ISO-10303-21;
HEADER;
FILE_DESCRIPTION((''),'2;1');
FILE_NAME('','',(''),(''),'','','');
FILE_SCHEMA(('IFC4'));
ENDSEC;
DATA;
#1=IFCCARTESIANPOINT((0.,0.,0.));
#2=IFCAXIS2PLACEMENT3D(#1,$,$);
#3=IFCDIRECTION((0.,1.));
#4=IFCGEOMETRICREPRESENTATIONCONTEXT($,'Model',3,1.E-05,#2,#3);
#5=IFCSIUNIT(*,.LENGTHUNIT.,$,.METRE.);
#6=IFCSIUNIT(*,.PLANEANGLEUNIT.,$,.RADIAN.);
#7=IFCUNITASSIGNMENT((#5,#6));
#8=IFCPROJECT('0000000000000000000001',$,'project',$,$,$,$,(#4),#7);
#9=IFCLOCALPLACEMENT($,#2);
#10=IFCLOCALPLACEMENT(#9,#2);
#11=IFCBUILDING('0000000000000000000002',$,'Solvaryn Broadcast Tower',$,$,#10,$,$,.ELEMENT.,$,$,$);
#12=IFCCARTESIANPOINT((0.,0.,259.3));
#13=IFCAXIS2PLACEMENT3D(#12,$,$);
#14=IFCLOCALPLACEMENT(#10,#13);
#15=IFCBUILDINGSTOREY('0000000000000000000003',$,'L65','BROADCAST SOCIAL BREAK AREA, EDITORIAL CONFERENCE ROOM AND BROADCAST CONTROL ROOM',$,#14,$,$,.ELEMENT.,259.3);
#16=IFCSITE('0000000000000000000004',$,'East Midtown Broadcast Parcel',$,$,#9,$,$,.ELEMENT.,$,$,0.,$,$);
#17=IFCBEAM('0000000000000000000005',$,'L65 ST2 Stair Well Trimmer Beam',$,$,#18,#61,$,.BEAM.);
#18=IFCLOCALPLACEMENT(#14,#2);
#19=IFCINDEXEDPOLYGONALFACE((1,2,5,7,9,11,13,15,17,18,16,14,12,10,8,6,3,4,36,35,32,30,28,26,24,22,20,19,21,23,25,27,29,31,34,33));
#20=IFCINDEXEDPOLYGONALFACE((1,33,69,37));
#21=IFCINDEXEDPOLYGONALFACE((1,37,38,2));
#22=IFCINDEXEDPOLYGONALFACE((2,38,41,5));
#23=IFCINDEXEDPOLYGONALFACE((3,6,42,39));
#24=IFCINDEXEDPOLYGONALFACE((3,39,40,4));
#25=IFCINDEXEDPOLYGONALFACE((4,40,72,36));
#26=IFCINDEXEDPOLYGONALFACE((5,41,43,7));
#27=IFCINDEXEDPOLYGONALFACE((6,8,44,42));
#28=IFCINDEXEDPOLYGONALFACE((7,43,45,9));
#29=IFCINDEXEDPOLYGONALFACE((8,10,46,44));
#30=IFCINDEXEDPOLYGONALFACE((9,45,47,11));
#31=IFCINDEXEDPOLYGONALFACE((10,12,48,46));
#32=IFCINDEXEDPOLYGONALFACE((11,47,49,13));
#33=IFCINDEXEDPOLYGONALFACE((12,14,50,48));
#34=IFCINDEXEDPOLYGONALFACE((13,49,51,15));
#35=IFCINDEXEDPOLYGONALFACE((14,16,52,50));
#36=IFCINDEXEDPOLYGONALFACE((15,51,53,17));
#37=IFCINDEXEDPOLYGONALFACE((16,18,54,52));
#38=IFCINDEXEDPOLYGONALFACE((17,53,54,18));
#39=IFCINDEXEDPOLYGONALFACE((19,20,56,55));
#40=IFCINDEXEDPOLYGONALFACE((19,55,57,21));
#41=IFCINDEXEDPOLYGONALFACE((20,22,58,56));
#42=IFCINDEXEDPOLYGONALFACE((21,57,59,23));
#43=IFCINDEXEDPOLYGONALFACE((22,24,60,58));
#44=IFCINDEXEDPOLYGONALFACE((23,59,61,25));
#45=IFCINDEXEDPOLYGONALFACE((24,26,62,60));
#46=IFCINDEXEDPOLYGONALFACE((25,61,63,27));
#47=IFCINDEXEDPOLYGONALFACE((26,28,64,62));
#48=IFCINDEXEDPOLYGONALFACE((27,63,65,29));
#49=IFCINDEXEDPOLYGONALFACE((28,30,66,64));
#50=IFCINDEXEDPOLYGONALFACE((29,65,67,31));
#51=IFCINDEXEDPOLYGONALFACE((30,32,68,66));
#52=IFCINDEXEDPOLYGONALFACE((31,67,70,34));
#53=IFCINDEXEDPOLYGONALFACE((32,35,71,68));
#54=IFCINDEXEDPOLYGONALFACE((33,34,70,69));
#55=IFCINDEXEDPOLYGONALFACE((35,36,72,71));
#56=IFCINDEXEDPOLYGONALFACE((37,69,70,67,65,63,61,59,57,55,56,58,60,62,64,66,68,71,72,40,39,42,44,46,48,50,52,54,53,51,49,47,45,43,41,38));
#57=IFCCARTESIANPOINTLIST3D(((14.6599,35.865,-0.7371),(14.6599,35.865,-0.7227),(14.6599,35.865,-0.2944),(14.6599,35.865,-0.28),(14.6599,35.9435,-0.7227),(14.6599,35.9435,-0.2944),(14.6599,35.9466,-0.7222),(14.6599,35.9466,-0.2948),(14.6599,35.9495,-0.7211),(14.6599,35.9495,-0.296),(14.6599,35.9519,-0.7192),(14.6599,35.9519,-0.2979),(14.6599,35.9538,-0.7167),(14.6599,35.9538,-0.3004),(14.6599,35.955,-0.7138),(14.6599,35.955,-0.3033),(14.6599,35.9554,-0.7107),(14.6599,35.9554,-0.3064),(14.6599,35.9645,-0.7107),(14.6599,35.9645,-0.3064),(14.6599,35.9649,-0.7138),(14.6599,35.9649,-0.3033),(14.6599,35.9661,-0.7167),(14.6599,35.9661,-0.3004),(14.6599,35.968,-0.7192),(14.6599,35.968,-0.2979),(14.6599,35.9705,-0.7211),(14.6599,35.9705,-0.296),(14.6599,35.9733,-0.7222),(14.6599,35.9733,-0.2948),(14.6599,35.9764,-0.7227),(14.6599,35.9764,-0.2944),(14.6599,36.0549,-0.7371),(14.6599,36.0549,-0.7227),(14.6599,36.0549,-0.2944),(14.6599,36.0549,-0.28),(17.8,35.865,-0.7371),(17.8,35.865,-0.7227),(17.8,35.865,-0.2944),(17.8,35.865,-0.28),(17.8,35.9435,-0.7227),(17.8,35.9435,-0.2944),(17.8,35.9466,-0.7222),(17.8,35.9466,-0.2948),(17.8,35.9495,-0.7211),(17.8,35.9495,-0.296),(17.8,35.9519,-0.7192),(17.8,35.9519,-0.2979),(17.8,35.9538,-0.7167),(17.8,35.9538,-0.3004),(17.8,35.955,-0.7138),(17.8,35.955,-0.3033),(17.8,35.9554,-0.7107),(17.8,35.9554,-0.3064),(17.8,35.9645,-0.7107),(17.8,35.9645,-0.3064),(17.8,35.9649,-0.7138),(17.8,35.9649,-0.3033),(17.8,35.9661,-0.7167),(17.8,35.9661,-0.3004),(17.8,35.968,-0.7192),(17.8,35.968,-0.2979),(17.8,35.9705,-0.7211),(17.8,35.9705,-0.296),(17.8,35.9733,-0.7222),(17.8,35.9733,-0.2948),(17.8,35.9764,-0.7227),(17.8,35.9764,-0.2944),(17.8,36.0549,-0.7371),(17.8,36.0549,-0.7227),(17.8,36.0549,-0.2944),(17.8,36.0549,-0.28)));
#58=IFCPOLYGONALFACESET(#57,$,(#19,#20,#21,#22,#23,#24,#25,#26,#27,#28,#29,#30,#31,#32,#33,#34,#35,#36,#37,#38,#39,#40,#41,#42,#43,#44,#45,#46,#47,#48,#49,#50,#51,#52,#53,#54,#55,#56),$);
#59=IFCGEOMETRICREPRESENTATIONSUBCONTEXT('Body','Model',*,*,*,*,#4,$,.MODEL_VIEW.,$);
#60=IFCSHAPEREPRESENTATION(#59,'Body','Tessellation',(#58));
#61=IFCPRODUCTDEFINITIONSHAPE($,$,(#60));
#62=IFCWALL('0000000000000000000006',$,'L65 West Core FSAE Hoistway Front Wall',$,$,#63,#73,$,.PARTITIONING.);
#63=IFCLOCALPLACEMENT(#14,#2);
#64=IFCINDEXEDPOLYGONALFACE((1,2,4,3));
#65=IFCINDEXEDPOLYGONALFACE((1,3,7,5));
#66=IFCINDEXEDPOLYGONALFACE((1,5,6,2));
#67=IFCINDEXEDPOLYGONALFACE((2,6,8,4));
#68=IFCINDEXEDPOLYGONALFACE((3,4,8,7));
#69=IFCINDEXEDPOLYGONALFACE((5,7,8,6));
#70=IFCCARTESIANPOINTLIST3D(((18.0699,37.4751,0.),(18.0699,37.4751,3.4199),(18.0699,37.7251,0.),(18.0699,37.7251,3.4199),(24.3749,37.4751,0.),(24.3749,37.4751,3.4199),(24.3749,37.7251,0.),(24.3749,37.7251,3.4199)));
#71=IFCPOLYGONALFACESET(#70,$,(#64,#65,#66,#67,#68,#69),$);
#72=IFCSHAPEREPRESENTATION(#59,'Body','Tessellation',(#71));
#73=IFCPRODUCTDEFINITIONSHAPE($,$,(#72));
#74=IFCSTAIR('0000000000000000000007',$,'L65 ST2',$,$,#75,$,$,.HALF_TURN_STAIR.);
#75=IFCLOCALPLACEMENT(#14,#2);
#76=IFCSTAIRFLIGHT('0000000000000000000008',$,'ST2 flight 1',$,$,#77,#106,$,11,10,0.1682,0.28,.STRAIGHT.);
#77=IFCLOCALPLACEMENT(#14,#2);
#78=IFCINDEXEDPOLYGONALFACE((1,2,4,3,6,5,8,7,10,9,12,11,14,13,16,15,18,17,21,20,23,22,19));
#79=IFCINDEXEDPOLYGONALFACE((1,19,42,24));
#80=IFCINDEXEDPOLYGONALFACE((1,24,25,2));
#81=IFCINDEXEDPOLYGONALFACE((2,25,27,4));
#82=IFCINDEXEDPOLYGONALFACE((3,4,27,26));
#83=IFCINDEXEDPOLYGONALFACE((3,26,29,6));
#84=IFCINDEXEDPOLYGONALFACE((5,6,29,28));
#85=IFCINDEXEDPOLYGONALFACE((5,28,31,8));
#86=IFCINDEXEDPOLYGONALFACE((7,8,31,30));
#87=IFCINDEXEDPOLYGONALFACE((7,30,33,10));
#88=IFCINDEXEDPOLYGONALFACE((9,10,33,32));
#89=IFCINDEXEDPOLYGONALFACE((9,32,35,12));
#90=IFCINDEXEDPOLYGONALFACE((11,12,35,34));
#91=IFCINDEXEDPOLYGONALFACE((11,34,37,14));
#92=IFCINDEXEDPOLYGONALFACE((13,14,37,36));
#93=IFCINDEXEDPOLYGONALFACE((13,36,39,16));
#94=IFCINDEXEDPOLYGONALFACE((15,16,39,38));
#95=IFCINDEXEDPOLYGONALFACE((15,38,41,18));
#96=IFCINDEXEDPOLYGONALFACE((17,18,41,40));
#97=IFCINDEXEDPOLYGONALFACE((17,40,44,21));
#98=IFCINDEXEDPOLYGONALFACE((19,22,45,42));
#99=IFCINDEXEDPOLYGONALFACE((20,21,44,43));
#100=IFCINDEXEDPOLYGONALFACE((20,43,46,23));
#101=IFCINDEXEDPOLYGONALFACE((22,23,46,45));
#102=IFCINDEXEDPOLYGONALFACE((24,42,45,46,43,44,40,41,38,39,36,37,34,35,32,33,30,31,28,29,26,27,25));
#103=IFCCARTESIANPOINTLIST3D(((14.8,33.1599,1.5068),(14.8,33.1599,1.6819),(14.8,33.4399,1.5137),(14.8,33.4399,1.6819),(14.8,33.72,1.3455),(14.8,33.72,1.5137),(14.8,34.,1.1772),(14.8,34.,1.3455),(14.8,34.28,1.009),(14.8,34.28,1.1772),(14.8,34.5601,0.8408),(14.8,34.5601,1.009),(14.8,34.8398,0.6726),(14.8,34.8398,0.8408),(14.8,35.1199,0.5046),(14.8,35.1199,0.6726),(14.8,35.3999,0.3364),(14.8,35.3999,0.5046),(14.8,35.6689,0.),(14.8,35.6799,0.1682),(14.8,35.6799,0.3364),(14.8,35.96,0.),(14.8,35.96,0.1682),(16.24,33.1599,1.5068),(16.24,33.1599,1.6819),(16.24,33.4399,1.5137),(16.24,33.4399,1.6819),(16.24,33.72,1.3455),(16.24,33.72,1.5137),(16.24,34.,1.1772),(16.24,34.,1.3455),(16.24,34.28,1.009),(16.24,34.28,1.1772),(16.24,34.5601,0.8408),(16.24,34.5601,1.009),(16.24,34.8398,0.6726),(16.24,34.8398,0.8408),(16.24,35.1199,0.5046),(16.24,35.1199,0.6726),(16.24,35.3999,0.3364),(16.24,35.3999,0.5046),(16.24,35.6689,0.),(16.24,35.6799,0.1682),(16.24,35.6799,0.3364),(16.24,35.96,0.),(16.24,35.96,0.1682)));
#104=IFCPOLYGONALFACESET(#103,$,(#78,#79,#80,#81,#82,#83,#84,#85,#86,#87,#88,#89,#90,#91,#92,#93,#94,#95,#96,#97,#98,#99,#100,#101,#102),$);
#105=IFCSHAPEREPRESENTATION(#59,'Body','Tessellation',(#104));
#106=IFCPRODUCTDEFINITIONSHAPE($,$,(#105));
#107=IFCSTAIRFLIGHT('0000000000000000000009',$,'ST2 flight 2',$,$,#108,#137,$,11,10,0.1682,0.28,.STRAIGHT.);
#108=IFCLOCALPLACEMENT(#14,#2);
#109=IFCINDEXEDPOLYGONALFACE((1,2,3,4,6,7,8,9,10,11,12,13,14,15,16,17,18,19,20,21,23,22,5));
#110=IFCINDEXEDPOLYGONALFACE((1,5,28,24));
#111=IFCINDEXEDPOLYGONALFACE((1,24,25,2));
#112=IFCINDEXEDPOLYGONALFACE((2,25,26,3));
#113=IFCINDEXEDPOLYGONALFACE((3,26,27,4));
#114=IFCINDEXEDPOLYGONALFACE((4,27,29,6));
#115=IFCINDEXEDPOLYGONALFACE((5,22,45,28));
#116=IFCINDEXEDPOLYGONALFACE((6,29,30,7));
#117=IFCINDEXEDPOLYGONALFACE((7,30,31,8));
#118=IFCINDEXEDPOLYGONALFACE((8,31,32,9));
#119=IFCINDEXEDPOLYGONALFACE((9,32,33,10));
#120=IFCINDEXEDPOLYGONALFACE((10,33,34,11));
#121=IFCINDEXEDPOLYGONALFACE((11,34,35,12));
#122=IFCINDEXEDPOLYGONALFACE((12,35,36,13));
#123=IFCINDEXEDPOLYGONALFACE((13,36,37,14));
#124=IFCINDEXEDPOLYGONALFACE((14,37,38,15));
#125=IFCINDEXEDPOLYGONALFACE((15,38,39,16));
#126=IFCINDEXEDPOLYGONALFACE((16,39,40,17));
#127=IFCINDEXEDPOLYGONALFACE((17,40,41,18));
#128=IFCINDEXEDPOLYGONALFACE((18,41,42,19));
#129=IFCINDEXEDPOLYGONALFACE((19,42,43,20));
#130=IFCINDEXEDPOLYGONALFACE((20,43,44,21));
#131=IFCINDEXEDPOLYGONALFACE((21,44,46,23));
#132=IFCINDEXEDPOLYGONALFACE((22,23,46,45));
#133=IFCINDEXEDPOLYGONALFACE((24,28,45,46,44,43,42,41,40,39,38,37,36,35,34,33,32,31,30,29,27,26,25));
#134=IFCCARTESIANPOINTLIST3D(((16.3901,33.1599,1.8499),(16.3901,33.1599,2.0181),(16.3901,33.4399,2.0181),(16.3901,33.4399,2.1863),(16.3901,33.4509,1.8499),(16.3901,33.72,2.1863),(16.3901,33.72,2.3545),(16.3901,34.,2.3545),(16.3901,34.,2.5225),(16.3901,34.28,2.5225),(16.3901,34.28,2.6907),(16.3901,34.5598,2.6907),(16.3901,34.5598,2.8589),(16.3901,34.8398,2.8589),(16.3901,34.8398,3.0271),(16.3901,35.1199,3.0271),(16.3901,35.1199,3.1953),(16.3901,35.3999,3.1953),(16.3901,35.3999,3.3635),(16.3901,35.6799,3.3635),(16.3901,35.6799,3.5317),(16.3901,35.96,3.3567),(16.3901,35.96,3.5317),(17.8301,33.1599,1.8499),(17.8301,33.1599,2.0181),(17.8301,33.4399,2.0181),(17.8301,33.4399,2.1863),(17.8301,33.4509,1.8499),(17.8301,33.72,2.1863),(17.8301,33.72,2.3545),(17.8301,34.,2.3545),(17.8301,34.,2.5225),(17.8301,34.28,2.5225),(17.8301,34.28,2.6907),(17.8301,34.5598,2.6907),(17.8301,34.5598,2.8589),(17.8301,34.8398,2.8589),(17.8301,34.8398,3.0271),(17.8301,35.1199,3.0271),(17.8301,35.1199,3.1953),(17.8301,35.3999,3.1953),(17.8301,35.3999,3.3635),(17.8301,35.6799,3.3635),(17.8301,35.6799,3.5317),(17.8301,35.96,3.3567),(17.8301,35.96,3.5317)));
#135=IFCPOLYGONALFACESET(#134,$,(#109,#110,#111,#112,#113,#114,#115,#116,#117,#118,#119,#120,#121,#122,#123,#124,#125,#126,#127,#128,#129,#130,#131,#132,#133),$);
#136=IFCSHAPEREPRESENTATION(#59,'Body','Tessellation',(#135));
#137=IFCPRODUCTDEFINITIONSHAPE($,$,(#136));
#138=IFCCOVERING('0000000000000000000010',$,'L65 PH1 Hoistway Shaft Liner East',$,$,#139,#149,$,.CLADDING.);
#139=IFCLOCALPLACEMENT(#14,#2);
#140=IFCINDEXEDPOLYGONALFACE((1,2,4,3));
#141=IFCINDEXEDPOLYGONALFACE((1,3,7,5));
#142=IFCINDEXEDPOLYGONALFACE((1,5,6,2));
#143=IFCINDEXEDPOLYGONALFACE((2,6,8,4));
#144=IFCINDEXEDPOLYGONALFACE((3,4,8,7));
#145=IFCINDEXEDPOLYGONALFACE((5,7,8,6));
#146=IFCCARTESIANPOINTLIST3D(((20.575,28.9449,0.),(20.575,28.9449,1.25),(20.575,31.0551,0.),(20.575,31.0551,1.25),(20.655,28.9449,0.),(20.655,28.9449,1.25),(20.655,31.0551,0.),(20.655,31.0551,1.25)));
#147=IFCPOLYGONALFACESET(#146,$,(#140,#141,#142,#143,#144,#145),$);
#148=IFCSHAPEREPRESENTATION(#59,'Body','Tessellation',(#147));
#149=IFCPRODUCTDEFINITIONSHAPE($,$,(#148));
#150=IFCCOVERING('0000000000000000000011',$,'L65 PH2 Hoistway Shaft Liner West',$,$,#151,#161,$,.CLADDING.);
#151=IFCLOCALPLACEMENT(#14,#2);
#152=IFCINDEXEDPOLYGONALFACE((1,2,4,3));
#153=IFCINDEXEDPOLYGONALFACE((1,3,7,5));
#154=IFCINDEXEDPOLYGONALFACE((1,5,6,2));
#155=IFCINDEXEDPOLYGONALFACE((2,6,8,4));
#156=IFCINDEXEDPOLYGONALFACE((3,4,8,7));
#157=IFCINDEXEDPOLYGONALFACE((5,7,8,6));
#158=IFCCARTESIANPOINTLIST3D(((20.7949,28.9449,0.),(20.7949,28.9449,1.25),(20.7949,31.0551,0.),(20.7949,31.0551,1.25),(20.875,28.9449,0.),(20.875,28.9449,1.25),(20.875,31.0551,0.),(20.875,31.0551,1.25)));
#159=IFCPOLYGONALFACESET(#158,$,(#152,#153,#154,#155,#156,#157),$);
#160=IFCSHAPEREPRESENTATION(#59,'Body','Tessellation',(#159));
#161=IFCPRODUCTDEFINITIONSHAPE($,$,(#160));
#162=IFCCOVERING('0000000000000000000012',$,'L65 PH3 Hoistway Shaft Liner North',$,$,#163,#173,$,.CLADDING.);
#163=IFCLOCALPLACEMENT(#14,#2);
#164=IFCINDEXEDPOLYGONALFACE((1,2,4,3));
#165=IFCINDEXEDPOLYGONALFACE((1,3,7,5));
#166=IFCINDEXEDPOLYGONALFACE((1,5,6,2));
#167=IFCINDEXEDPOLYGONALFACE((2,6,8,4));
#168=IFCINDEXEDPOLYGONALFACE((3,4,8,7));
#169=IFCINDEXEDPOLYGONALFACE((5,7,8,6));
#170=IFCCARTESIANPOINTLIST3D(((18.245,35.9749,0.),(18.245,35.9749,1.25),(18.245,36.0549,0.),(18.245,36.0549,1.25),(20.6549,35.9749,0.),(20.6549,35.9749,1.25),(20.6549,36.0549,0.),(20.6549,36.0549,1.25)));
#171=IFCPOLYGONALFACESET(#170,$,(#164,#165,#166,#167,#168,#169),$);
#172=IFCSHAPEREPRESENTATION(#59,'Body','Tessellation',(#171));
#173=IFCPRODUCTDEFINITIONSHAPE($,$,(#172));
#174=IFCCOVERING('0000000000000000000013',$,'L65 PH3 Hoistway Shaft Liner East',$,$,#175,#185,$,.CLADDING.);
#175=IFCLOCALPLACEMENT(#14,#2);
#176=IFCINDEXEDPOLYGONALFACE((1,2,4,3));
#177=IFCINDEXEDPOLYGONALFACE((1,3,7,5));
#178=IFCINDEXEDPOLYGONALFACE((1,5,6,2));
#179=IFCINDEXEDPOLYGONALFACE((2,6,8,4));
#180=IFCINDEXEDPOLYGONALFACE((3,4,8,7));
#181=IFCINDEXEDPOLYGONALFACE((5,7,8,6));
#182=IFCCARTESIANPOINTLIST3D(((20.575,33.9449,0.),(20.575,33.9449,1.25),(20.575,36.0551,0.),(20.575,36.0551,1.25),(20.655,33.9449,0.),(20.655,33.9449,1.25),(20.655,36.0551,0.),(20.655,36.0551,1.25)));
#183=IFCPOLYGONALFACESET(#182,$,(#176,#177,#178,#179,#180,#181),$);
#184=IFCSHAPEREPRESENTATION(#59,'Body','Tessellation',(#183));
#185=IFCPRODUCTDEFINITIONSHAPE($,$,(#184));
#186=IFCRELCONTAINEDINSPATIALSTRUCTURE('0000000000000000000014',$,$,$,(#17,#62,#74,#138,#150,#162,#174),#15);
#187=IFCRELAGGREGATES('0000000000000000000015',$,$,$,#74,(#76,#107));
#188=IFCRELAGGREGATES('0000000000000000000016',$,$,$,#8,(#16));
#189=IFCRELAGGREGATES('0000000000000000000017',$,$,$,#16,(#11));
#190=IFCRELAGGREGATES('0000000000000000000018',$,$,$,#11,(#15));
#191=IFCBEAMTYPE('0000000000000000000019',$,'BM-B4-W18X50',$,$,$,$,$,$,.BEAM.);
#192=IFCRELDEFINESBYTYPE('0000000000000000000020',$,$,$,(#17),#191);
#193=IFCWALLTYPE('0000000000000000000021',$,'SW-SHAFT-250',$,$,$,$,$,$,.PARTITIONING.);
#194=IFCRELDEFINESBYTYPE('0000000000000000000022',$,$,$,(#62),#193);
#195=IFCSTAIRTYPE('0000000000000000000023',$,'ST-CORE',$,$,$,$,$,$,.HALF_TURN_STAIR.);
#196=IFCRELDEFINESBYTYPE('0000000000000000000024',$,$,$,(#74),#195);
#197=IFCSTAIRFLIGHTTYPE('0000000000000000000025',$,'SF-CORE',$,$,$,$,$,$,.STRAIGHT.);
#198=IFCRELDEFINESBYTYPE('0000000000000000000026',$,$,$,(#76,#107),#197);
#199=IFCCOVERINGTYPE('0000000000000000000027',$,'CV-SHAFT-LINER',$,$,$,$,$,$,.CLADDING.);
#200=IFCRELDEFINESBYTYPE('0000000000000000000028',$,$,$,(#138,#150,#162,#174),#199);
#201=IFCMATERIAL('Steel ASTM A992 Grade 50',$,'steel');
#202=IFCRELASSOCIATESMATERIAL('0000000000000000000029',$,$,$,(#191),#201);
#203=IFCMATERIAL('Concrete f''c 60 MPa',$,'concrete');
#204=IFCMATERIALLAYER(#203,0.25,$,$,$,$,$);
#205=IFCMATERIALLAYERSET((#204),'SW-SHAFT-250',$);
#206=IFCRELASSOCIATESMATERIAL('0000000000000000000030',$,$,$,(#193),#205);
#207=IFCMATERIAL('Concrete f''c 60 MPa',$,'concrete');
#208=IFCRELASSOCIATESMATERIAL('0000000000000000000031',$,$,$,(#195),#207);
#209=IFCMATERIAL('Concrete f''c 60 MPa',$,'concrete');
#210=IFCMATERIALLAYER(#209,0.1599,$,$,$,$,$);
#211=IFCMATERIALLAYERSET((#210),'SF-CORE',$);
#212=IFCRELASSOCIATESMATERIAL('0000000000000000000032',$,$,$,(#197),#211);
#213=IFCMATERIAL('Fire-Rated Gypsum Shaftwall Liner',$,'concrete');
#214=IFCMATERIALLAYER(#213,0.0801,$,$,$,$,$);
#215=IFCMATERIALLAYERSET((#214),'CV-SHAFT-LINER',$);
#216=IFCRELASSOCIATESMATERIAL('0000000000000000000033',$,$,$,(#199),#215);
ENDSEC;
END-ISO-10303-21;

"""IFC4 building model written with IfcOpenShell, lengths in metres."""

from ifc_helpers import new_model, si_unit, direction, frame, frame_2d, origin, origin_2d, place, context, subcontext, project, spatial, polyline, rectangle, i_section, outline, extrude, material, layer, layer_set, material_profile, profile_set, type_object, element, aggregate, save


model = new_model("IFC4")

# Units and contexts
model_context = context("Model", 3, precision=1e-05, world=origin(), true_north=direction((0.0, 1.0)))
body_context = subcontext(model_context, "Body", "Model", "MODEL_VIEW")
ifc_project = project(units=[si_unit("LENGTHUNIT", "METRE"), si_unit("PLANEANGLEUNIT", "RADIAN")], contexts=[model_context])

# Site, building, storey
site_placement = place(None, origin())
site = spatial("IfcSite", under=ifc_project, at=site_placement, Name="East Midtown Broadcast Parcel", CompositionType="ELEMENT", RefElevation=0.0)
building_placement = place(site_placement, origin())
building = spatial("IfcBuilding", under=site, at=building_placement, Name="Solvaryn Broadcast Tower", CompositionType="ELEMENT")
storey_placement = place(building_placement, frame((0.0, 0.0, 259.3)))
storey = spatial("IfcBuildingStorey", under=building, at=storey_placement, Name="L65", Description="BROADCAST SOCIAL BREAK AREA, EDITORIAL CONFERENCE ROOM AND BROADCAST CONTROL ROOM", CompositionType="ELEMENT", Elevation=259.3)

# Beam
ifc_material_1 = material(Name="Steel ASTM A992 Grade 50", Category="steel")
ifc_material_profile = material_profile(ifc_material_1, i_section(OverallWidth=0.1899, OverallDepth=0.457, WebThickness=0.009, FlangeThickness=0.0144, FilletRadius=0.012, at=origin_2d()))
ifc_profile_set = profile_set([ifc_material_profile], Name="Steel ASTM A992 Grade 50")
beam_type = type_object("IfcBeamType", Name="BM-B4-W18X50", PredefinedType="BEAM", material=ifc_profile_set)
beam_placement = place(storey_placement, frame((14.6599, 35.96, -0.5085), z_axis=(1.0, 0.0, 0.0), x_axis=(0.0, 1.0, 0.0)))
element("IfcBeam", 1, at=beam_placement, inside=storey, type_object=beam_type, Name="L65 ST2 Stair Well Trimmer Beam", PredefinedType="BEAM", context=body_context, shape_type="SweptSolid", body=[
    extrude(i_section(OverallWidth=0.1899, OverallDepth=0.457, WebThickness=0.009, FlangeThickness=0.0144, FilletRadius=0.012, at=origin_2d()), origin(), (0.0, 0.0, 1.0), 3.1401),
])

# Wall
ifc_material_2 = material(Name="Concrete f'c 60 MPa", Category="concrete")
ifc_layer_1 = layer(ifc_material_2, 0.25)
ifc_layer_set_1 = layer_set([ifc_layer_1], Name="SW-SHAFT-250")
wall_type_1 = type_object("IfcWallType", Name="SW-SHAFT-250", PredefinedType="PARTITIONING", material=ifc_layer_set_1)
wall_1_placement = place(storey_placement, frame((18.0701, 37.6001, 0.0), z_axis=(0.0, 0.0, 1.0), x_axis=(1.0, 0.0, 0.0)))
element("IfcWall", 2, at=wall_1_placement, inside=storey, type_object=wall_type_1, Name="L65 West Core FSAE Hoistway Front Wall", PredefinedType="PARTITIONING", context=body_context, shape_type="SweptSolid", body=[
    extrude(rectangle(XDim=6.3049, YDim=0.25, at=frame_2d((3.1523, 0.0))), origin(), (0.0, 0.0, 1.0), 3.4199),
])

# Stair, stair flights
ifc_material_3 = material(Name="Concrete f'c 60 MPa", Category="concrete")
stair_type = type_object("IfcStairType", Name="ST-CORE", PredefinedType="HALF_TURN_STAIR", material=ifc_material_3)
stair_placement = place(storey_placement, origin())
stair = element("IfcStair", 3, at=stair_placement, inside=storey, type_object=stair_type, Name="L65 ST2", PredefinedType="HALF_TURN_STAIR")
ifc_material_4 = material(Name="Concrete f'c 60 MPa", Category="concrete")
ifc_layer_2 = layer(ifc_material_4, 0.1599)
ifc_layer_set_2 = layer_set([ifc_layer_2], Name="SF-CORE")
stair_flight_type = type_object("IfcStairFlightType", Name="SF-CORE", PredefinedType="STRAIGHT", material=ifc_layer_set_2)
stair_flight_1_placement = place(storey_placement, frame((15.52, 35.96, 0.0), z_axis=(0.0, 0.0, 1.0), x_axis=(0.0, -1.0, 0.0)))
stair_flight_1 = element("IfcStairFlight", 4, at=stair_flight_1_placement, type_object=stair_flight_type, Name="ST2 flight 1", NumberOfRisers=11, NumberOfTreads=10, PredefinedType="STRAIGHT", RiserHeight=0.1682, TreadLength=0.28, context=body_context, shape_type="SweptSolid", body=[
    extrude(outline(polyline([(0.0, 0.0), (0.0, 0.1682), (0.28, 0.1682), (0.28, 0.3364), (0.5601, 0.3364), (0.5601, 0.5046), (0.8401, 0.5046), (0.8401, 0.6726), (1.1201, 0.6726), (1.1201, 0.8408), (1.3999, 0.8408), (1.3999, 1.009), (1.6799, 1.009), (1.6799, 1.1772), (1.96, 1.1772), (1.96, 1.3455), (2.24, 1.3455), (2.24, 1.5137), (2.52, 1.5137), (2.52, 1.6819), (2.8, 1.6819), (2.8, 1.8501), (2.8, 1.5068), (0.291, 0.0), (0.0, 0.0)])), frame((0.0, 0.72, 0.0), z_axis=(0.0, -1.0, 0.0), x_axis=(1.0, 0.0, 0.0)), (0.0, 0.0, 1.0), 1.4399),
])
stair_flight_2_placement = place(storey_placement, frame((17.1101, 33.1599, 1.8499), z_axis=(0.0, 0.0, 1.0), x_axis=(0.0, 1.0, 0.0)))
stair_flight_2 = element("IfcStairFlight", 5, at=stair_flight_2_placement, type_object=stair_flight_type, Name="ST2 flight 2", NumberOfRisers=11, NumberOfTreads=10, PredefinedType="STRAIGHT", RiserHeight=0.1682, TreadLength=0.28, context=body_context, shape_type="SweptSolid", body=[
    extrude(outline(polyline([(0.0, 0.0), (0.0, 0.1682), (0.28, 0.1682), (0.28, 0.3364), (0.5601, 0.3364), (0.5601, 0.5046), (0.8401, 0.5046), (0.8401, 0.6726), (1.1201, 0.6726), (1.1201, 0.8408), (1.3999, 0.8408), (1.3999, 1.009), (1.6799, 1.009), (1.6799, 1.1772), (1.96, 1.1772), (1.96, 1.3455), (2.24, 1.3455), (2.24, 1.5137), (2.52, 1.5137), (2.52, 1.6819), (2.8, 1.6819), (2.8, 1.8501), (2.8, 1.5068), (0.291, 0.0), (0.0, 0.0)])), frame((0.0, 0.72, 0.0), z_axis=(0.0, -1.0, 0.0), x_axis=(1.0, 0.0, 0.0)), (0.0, 0.0, 1.0), 1.4399),
])
aggregate(stair, [stair_flight_1, stair_flight_2])

# Coverings
ifc_material_5 = material(Name="Fire-Rated Gypsum Shaftwall Liner", Category="concrete")
ifc_layer_3 = layer(ifc_material_5, 0.0801)
ifc_layer_set_3 = layer_set([ifc_layer_3], Name="CV-SHAFT-LINER")
covering_type = type_object("IfcCoveringType", Name="CV-SHAFT-LINER", PredefinedType="CLADDING", material=ifc_layer_set_3)
for number, where, z_axis, x_axis, name in (
    (6, (20.615, 30.0, 0.0), (0.0, 0.0, 1.0), (1.0, 0.0, 0.0), "L65 PH1 Hoistway Shaft Liner East"),
    (7, (20.835, 30.0, 0.0), (0.0, 0.0, 1.0), (1.0, 0.0, 0.0), "L65 PH2 Hoistway Shaft Liner West"),
):
    element("IfcCovering", number, at=place(storey_placement, frame(where, z_axis=z_axis, x_axis=x_axis)), inside=storey, type_object=covering_type, Name=name, PredefinedType="CLADDING", context=body_context, shape_type="SweptSolid", body=[
        extrude(rectangle(XDim=0.0801, YDim=2.1101, at=origin_2d()), origin(), (0.0, 0.0, 1.0), 1.25),
    ])
covering_placement = place(storey_placement, frame((19.45, 36.0149, 0.0), z_axis=(0.0, 0.0, 1.0), x_axis=(1.0, 0.0, 0.0)))
element("IfcCovering", 8, at=covering_placement, inside=storey, type_object=covering_type, Name="L65 PH3 Hoistway Shaft Liner North", PredefinedType="CLADDING", context=body_context, shape_type="SweptSolid", body=[
    extrude(rectangle(XDim=2.4099, YDim=0.0801, at=origin_2d()), origin(), (0.0, 0.0, 1.0), 1.25),
])
for number, where, z_axis, x_axis, name in (
    (9, (20.615, 35.0, 0.0), (0.0, 0.0, 1.0), (1.0, 0.0, 0.0), "L65 PH3 Hoistway Shaft Liner East"),
):
    element("IfcCovering", number, at=place(storey_placement, frame(where, z_axis=z_axis, x_axis=x_axis)), inside=storey, type_object=covering_type, Name=name, PredefinedType="CLADDING", context=body_context, shape_type="SweptSolid", body=[
        extrude(rectangle(XDim=0.0801, YDim=2.1101, at=origin_2d()), origin(), (0.0, 0.0, 1.0), 1.25),
    ])

save(model, "model.ifc")
